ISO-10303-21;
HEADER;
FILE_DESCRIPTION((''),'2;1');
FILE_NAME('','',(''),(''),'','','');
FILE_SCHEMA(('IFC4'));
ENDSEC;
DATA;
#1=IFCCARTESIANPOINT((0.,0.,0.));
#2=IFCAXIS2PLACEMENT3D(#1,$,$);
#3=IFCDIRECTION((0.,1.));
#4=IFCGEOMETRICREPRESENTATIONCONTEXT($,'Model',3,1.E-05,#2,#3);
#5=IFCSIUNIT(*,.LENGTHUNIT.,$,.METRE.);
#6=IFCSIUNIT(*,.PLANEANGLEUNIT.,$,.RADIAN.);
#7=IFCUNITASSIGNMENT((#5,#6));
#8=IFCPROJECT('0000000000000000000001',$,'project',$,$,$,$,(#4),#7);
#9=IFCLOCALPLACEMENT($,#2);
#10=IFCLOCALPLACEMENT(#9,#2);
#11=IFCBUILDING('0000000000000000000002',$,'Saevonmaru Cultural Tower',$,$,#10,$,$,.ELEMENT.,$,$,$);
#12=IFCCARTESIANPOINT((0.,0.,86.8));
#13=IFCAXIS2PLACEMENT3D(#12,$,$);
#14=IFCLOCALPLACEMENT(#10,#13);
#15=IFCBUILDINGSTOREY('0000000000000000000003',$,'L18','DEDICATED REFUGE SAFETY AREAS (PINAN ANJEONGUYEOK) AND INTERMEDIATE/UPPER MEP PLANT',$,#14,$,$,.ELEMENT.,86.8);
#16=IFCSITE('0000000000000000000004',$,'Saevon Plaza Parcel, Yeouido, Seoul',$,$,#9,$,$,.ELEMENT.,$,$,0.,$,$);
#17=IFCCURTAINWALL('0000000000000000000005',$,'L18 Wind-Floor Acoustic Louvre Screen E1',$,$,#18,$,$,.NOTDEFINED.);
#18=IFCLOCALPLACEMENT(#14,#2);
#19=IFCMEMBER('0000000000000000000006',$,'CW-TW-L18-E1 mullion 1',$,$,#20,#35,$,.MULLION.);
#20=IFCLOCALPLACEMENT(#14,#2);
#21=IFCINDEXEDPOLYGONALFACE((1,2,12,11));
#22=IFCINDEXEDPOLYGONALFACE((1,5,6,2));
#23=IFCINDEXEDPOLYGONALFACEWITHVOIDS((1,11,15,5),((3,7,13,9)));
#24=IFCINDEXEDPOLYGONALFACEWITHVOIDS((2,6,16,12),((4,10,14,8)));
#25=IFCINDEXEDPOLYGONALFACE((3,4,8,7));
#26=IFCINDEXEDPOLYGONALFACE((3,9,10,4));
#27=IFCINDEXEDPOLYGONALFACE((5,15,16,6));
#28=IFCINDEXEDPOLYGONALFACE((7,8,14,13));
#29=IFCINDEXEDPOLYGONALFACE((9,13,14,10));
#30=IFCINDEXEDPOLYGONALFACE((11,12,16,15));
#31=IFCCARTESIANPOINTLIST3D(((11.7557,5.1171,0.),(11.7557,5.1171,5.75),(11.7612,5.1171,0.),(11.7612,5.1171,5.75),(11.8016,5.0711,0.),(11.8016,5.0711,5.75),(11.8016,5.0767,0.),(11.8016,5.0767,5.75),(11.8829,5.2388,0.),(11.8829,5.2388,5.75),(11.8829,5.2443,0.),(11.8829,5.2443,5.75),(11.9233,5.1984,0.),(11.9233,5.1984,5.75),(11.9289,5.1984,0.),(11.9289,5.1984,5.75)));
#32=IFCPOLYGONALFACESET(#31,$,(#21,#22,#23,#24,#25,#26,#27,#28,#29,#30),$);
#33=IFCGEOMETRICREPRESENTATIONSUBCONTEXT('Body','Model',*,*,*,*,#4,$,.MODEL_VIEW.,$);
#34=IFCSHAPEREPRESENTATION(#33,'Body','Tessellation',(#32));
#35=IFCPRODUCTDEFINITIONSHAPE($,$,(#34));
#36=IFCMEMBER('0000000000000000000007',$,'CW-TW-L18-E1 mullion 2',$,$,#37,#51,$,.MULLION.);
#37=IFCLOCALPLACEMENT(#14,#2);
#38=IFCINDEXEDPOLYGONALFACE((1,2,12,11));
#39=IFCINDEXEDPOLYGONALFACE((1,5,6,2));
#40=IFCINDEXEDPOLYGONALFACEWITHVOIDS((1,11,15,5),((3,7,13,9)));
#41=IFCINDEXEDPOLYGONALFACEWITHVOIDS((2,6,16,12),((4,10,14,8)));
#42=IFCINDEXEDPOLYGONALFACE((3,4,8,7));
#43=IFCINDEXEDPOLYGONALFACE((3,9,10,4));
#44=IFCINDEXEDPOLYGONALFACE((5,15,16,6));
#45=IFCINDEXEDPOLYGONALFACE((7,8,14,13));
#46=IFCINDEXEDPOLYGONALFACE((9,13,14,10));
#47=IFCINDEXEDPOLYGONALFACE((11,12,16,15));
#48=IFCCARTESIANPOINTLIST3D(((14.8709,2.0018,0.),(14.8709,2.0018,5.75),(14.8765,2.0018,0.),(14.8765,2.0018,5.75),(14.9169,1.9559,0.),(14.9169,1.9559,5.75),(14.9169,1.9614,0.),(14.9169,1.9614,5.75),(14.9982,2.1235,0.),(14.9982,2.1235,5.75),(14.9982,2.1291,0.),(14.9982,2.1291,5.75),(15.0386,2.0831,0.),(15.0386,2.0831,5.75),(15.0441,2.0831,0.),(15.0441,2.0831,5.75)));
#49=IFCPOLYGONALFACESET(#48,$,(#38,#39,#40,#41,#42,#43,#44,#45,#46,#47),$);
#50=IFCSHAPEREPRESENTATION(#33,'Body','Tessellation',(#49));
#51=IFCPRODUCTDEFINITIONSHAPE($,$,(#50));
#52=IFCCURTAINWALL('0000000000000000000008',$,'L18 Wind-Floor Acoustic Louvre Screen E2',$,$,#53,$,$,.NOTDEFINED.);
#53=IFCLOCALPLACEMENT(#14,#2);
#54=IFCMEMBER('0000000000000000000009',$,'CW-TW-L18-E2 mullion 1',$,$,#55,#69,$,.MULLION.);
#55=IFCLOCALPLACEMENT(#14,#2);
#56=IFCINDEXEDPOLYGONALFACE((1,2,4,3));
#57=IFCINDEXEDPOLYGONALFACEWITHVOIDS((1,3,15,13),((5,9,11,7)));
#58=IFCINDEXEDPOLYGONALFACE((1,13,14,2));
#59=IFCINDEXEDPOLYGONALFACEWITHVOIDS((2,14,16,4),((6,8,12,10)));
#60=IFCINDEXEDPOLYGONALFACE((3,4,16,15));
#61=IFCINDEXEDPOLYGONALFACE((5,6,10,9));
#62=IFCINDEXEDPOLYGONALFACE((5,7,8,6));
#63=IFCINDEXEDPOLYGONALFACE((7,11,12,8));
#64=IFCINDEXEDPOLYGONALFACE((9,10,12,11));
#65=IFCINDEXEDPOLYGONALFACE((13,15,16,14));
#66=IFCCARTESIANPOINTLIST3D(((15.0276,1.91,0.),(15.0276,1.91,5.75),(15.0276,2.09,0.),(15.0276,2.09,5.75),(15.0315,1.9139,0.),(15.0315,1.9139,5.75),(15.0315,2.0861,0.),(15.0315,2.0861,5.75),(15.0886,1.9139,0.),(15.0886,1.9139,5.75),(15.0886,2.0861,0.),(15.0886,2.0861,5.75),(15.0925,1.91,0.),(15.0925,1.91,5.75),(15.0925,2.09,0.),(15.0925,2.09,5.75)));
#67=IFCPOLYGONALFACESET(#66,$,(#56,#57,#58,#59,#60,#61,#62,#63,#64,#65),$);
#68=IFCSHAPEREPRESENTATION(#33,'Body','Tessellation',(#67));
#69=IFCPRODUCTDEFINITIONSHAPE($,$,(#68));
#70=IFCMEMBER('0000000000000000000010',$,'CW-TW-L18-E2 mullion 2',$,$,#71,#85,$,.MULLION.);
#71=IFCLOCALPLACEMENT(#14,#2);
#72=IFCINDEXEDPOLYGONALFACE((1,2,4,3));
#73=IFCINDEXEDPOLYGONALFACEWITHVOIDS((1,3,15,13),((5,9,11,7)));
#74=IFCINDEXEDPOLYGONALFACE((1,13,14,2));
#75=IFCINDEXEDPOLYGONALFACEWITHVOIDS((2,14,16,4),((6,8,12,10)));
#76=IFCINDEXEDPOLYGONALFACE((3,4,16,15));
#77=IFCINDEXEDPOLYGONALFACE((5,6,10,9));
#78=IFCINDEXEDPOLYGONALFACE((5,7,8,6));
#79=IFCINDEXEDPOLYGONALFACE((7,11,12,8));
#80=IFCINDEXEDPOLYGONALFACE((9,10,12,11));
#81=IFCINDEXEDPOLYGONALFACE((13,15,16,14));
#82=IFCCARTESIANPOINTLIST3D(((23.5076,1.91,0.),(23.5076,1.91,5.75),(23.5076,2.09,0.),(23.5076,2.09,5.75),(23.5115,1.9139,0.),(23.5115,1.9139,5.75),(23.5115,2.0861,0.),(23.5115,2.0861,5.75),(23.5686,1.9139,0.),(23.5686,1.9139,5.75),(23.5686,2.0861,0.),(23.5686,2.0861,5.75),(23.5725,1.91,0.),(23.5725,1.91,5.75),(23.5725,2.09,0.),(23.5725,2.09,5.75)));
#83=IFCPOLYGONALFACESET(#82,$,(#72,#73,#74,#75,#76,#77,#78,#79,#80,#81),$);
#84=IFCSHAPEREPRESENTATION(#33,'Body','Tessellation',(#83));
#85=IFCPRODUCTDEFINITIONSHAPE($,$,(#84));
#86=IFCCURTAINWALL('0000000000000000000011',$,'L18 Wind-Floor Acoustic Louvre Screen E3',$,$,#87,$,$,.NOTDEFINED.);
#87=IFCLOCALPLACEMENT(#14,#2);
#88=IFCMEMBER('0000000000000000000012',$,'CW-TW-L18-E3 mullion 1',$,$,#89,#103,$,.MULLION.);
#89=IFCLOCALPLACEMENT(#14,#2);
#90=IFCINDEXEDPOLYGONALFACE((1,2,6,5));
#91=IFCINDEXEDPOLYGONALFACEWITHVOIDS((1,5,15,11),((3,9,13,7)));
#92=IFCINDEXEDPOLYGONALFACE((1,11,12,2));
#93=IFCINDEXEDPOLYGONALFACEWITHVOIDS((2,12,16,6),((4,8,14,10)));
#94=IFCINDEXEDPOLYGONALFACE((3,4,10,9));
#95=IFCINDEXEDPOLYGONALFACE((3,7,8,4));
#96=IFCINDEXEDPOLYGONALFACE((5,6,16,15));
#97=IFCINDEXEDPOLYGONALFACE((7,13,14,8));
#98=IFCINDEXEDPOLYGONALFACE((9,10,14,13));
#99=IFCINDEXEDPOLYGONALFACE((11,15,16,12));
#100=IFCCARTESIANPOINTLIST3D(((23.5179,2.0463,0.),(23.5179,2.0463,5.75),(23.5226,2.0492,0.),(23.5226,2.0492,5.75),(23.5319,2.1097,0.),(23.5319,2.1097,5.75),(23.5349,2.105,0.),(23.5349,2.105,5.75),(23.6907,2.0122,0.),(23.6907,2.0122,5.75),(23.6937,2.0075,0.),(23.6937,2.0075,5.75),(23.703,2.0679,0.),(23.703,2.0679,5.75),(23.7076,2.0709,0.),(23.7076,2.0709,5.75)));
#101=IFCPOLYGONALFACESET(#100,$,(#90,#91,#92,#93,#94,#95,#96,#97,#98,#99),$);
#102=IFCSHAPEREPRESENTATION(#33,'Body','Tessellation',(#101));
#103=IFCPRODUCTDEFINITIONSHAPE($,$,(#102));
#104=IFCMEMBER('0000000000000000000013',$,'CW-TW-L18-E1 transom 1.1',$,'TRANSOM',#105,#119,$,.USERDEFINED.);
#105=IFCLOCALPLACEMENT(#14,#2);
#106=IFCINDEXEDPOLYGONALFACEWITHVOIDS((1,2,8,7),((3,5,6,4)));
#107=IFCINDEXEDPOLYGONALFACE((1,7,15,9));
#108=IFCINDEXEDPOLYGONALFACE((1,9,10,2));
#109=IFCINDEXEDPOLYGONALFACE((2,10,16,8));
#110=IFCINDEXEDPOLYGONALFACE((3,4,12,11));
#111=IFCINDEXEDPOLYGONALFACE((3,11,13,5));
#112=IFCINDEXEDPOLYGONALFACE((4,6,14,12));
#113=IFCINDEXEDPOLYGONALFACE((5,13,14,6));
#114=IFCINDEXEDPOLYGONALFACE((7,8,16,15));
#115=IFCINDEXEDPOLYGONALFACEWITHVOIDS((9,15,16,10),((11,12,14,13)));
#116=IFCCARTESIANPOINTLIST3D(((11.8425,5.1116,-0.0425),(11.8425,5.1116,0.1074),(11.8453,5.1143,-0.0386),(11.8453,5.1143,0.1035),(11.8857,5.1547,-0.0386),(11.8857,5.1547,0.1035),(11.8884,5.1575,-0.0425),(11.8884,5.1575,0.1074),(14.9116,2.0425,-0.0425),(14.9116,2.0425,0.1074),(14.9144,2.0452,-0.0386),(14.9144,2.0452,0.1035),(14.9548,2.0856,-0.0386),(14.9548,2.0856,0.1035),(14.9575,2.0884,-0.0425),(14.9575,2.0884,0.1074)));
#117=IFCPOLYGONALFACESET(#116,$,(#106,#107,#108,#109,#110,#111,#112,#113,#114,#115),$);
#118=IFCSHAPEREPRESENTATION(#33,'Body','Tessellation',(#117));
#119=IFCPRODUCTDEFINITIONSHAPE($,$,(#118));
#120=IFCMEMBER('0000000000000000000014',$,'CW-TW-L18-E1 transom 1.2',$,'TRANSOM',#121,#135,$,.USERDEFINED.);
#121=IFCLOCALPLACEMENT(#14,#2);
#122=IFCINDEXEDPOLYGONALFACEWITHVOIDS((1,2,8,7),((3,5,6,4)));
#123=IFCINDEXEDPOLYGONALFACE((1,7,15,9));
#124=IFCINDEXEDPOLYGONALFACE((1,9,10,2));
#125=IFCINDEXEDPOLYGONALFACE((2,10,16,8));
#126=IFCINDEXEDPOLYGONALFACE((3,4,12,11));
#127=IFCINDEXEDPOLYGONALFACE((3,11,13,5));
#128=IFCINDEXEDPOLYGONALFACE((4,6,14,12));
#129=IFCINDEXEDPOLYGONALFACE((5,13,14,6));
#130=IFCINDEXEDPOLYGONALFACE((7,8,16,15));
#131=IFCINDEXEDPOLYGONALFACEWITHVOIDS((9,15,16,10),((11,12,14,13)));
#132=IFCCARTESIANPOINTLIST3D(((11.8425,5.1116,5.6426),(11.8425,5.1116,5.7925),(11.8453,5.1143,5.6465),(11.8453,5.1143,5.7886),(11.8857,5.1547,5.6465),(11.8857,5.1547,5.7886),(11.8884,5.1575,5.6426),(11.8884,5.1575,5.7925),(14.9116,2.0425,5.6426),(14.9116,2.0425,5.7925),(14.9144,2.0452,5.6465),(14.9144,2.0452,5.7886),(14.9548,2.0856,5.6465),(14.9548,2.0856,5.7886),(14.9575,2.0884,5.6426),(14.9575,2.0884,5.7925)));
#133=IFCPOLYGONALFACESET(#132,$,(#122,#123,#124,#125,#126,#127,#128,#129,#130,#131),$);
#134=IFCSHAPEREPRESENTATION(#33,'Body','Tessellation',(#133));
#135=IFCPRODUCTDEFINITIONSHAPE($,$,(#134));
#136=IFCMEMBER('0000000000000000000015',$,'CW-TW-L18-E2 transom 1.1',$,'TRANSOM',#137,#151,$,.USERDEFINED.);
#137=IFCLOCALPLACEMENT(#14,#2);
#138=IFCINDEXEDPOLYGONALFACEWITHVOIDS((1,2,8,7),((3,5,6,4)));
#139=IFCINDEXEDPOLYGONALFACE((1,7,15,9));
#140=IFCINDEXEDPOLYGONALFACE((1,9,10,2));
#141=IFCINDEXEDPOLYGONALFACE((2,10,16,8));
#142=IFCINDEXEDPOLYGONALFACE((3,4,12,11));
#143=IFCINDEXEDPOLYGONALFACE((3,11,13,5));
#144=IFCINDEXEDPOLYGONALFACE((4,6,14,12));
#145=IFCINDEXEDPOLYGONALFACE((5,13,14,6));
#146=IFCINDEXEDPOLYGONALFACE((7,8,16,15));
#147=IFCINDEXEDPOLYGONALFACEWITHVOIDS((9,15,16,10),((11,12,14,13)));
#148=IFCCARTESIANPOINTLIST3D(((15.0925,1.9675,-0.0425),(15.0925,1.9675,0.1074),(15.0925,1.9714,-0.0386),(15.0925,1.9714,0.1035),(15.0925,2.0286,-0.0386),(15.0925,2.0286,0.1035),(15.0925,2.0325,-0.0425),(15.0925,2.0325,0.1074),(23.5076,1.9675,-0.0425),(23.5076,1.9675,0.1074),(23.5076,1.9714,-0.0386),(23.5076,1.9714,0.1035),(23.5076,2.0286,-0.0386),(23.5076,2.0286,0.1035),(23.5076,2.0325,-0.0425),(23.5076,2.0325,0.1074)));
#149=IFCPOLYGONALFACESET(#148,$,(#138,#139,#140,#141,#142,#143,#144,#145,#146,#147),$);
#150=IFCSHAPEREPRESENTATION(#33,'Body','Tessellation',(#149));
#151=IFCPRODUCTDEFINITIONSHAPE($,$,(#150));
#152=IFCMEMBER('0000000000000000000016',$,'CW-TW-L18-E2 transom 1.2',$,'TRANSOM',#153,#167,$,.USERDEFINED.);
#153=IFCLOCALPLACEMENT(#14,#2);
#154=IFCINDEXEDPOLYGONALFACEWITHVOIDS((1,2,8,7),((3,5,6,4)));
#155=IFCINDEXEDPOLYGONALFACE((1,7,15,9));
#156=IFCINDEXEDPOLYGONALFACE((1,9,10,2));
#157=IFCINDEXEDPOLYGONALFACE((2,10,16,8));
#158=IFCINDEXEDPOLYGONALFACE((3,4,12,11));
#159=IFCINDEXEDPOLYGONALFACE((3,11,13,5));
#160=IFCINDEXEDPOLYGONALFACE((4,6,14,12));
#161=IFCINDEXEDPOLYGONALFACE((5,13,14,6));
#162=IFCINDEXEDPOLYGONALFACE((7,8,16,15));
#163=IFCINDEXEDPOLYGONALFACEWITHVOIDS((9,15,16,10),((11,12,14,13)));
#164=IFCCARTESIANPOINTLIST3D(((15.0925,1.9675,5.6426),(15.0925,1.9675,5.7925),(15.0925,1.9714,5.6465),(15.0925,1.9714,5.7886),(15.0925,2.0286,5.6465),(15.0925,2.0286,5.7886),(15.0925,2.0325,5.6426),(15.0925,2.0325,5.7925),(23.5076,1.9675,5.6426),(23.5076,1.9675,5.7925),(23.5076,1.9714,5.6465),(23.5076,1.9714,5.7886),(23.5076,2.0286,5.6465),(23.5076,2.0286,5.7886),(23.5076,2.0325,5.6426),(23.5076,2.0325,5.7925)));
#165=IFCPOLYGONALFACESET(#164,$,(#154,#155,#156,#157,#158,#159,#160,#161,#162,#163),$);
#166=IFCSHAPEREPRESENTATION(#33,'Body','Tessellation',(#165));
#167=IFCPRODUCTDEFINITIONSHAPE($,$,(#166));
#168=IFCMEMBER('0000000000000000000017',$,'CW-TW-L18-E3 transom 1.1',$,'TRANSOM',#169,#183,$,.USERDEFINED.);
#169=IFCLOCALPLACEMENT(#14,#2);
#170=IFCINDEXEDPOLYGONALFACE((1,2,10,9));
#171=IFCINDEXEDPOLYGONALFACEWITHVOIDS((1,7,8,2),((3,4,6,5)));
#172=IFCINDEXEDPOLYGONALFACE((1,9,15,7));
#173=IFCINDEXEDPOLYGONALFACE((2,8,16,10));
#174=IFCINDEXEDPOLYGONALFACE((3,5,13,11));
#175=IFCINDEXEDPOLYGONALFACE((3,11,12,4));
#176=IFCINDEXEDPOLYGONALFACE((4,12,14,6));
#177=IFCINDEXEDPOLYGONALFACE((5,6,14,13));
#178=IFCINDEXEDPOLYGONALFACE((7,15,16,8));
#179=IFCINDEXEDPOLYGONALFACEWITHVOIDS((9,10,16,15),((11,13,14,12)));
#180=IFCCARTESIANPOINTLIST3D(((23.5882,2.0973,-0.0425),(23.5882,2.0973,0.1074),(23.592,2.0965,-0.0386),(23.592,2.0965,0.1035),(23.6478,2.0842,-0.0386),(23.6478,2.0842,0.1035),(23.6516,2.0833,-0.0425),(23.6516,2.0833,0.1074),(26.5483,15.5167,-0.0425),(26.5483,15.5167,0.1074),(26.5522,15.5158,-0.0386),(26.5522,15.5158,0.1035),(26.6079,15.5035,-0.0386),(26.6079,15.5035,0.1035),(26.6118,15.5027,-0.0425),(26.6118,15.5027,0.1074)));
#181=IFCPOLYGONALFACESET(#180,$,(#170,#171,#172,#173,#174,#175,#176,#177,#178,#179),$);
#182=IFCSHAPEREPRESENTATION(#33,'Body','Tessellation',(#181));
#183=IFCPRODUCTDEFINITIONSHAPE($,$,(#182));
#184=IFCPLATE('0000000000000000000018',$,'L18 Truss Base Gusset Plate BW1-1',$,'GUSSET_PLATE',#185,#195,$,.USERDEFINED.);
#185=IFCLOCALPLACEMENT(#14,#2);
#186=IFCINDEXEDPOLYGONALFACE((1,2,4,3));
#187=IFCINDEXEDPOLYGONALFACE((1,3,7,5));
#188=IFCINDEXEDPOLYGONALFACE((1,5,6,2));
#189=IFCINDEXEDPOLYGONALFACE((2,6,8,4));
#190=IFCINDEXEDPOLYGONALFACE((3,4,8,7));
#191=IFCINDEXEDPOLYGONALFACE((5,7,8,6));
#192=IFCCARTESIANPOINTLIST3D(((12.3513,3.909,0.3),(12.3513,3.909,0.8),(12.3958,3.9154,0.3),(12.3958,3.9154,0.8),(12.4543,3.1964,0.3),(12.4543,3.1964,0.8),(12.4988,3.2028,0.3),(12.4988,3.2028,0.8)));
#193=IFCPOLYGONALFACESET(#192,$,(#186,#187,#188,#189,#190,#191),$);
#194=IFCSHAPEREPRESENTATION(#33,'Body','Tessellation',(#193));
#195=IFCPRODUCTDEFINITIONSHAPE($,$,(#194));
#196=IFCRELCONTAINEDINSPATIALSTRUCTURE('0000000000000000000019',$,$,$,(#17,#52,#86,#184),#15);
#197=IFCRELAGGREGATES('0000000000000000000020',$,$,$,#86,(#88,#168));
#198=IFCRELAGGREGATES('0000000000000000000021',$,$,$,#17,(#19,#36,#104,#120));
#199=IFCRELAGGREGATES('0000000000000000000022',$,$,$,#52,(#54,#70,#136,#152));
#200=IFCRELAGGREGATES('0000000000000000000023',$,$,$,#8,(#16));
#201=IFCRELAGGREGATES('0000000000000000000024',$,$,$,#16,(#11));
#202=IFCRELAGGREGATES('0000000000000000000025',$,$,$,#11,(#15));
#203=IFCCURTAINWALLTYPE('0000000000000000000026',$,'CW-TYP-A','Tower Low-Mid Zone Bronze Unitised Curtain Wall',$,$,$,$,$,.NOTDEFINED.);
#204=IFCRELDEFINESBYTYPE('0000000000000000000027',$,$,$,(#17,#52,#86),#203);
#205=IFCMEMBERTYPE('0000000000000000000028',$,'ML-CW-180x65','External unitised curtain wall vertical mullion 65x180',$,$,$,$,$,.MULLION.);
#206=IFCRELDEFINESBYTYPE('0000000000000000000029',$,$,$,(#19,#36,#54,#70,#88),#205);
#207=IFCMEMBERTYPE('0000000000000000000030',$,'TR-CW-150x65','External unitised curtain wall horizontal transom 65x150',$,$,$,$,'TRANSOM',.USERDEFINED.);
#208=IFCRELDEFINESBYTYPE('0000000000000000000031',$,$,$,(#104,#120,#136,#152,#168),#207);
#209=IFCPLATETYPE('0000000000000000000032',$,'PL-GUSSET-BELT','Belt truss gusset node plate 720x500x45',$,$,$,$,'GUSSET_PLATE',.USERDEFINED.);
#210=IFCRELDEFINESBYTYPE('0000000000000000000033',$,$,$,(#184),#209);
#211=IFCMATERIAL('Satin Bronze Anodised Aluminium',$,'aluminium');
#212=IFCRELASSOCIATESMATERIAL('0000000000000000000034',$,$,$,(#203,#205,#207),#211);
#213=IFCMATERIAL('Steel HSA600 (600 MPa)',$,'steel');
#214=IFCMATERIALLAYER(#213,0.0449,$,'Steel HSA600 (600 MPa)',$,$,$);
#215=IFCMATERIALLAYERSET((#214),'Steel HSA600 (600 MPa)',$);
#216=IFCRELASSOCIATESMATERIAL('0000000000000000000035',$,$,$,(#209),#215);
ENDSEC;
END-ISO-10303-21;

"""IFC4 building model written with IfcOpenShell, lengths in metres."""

from ifc_helpers import new_model, si_unit, direction, frame, origin, origin_2d, place, context, subcontext, project, spatial, rectangle, hollow_rectangle, extrude, material, layer, layer_set, material_profile, profile_set, type_object, element, aggregate, save


model = new_model("IFC4")

# Units and contexts
model_context = context("Model", 3, precision=1e-05, world=origin(), true_north=direction((0.0, 1.0)))
body_context = subcontext(model_context, "Body", "Model", "MODEL_VIEW")
ifc_project = project(units=[si_unit("LENGTHUNIT", "METRE"), si_unit("PLANEANGLEUNIT", "RADIAN")], contexts=[model_context])

# Site, building, storey
site_placement = place(None, origin())
site = spatial("IfcSite", under=ifc_project, at=site_placement, Name="Saevon Plaza Parcel, Yeouido, Seoul", CompositionType="ELEMENT", RefElevation=0.0)
building_placement = place(site_placement, origin())
building = spatial("IfcBuilding", under=site, at=building_placement, Name="Saevonmaru Cultural Tower", CompositionType="ELEMENT")
storey_placement = place(building_placement, frame((0.0, 0.0, 86.8)))
storey = spatial("IfcBuildingStorey", under=building, at=storey_placement, Name="L18", Description="DEDICATED REFUGE SAFETY AREAS (PINAN ANJEONGUYEOK) AND INTERMEDIATE/UPPER MEP PLANT", CompositionType="ELEMENT", Elevation=86.8)

# Shared definitions
ifc_material_1 = material(Name="Steel HSA600 (600 MPa)", Category="steel")

# Curtain walls, members
ifc_material_2 = material(Name="Satin Bronze Anodised Aluminium", Category="aluminium")
curtain_wall_type = type_object("IfcCurtainWallType", Name="CW-TYP-A", Description="Tower Low-Mid Zone Bronze Unitised Curtain Wall", PredefinedType="NOTDEFINED", material=ifc_material_2)
curtain_wall_1_placement = place(storey_placement, origin())
curtain_wall_1 = element("IfcCurtainWall", 1, at=curtain_wall_1_placement, inside=storey, type_object=curtain_wall_type, Name="L18 Wind-Floor Acoustic Louvre Screen E1", PredefinedType="NOTDEFINED")
ifc_material_profile_1 = material_profile(ifc_material_2, hollow_rectangle(XDim=0.0649, YDim=0.1799, WallThickness=0.0039, at=origin_2d()), Name="ALU-MULL-180x65x4")
ifc_profile_set_1 = profile_set([ifc_material_profile_1], Name="Satin Bronze Anodised Aluminium")
member_type_1 = type_object("IfcMemberType", Name="ML-CW-180x65", Description="External unitised curtain wall vertical mullion 65x180", PredefinedType="MULLION", material=ifc_profile_set_1)
member_1_placement = place(storey_placement, frame((11.8423, 5.1577, 0.0), z_axis=(0.0, 0.0, 1.0), x_axis=(0.707107, -0.707107, 0.0)))
member_1 = element("IfcMember", 2, at=member_1_placement, type_object=member_type_1, Name="CW-TW-L18-E1 mullion 1", PredefinedType="MULLION", context=body_context, shape_type="SweptSolid", body=[
    extrude(hollow_rectangle(XDim=0.0649, YDim=0.1799, WallThickness=0.0039, at=origin_2d()), origin(), (0.0, 0.0, 1.0), 5.75),
])
member_2_placement = place(storey_placement, frame((14.9575, 2.0425, 0.0), z_axis=(0.0, 0.0, 1.0), x_axis=(0.707107, -0.707107, 0.0)))
member_2 = element("IfcMember", 3, at=member_2_placement, type_object=member_type_1, Name="CW-TW-L18-E1 mullion 2", PredefinedType="MULLION", context=body_context, shape_type="SweptSolid", body=[
    extrude(hollow_rectangle(XDim=0.0649, YDim=0.1799, WallThickness=0.0039, at=origin_2d()), origin(), (0.0, 0.0, 1.0), 5.75),
])
curtain_wall_2_placement = place(storey_placement, origin())
curtain_wall_2 = element("IfcCurtainWall", 4, at=curtain_wall_2_placement, inside=storey, type_object=curtain_wall_type, Name="L18 Wind-Floor Acoustic Louvre Screen E2", PredefinedType="NOTDEFINED")
member_3_placement = place(storey_placement, frame((15.0601, 2.0, 0.0), z_axis=(0.0, 0.0, 1.0), x_axis=(1.0, 0.0, 0.0)))
member_3 = element("IfcMember", 5, at=member_3_placement, type_object=member_type_1, Name="CW-TW-L18-E2 mullion 1", PredefinedType="MULLION", context=body_context, shape_type="SweptSolid", body=[
    extrude(hollow_rectangle(XDim=0.0649, YDim=0.1799, WallThickness=0.0039, at=origin_2d()), origin(), (0.0, 0.0, 1.0), 5.75),
])
member_4_placement = place(storey_placement, frame((23.54, 2.0, 0.0), z_axis=(0.0, 0.0, 1.0), x_axis=(1.0, 0.0, 0.0)))
member_4 = element("IfcMember", 6, at=member_4_placement, type_object=member_type_1, Name="CW-TW-L18-E2 mullion 2", PredefinedType="MULLION", context=body_context, shape_type="SweptSolid", body=[
    extrude(hollow_rectangle(XDim=0.0649, YDim=0.1799, WallThickness=0.0039, at=origin_2d()), origin(), (0.0, 0.0, 1.0), 5.75),
])

# Curtain wall, member
curtain_wall_3_placement = place(storey_placement, origin())
curtain_wall_3 = element("IfcCurtainWall", 7, at=curtain_wall_3_placement, inside=storey, type_object=curtain_wall_type, Name="L18 Wind-Floor Acoustic Louvre Screen E3", PredefinedType="NOTDEFINED")
member_5_placement = place(storey_placement, frame((23.6128, 2.0586, 0.0), z_axis=(0.0, 0.0, 1.0), x_axis=(0.215413, 0.976523, 0.0)))
member_5 = element("IfcMember", 8, at=member_5_placement, type_object=member_type_1, Name="CW-TW-L18-E3 mullion 1", PredefinedType="MULLION", context=body_context, shape_type="SweptSolid", body=[
    extrude(hollow_rectangle(XDim=0.0649, YDim=0.1799, WallThickness=0.0039, at=origin_2d()), origin(), (0.0, 0.0, 1.0), 5.75),
])

# Members
ifc_material_profile_2 = material_profile(ifc_material_2, hollow_rectangle(XDim=0.0649, YDim=0.1499, WallThickness=0.0039, at=origin_2d()), Name="ALU-TRAN-150x65x4")
ifc_profile_set_2 = profile_set([ifc_material_profile_2], Name="Satin Bronze Anodised Aluminium")
member_type_2 = type_object("IfcMemberType", Name="TR-CW-150x65", Description="External unitised curtain wall horizontal transom 65x150", ElementType="TRANSOM", PredefinedType="USERDEFINED", material=ifc_profile_set_2)
member_6_placement = place(storey_placement, frame((11.8655, 5.1345, 0.0325), z_axis=(0.707107, -0.707107, 0.0), x_axis=(0.707107, 0.707107, 0.0)))
member_6 = element("IfcMember", 9, at=member_6_placement, type_object=member_type_2, Name="CW-TW-L18-E1 transom 1.1", ObjectType="TRANSOM", PredefinedType="USERDEFINED", context=body_context, shape_type="SweptSolid", body=[
    extrude(hollow_rectangle(XDim=0.0649, YDim=0.1499, WallThickness=0.0039, at=origin_2d()), origin(), (0.0, 0.0, 1.0), 4.3403),
])
member_7_placement = place(storey_placement, frame((11.8655, 5.1345, 5.7175), z_axis=(0.707107, -0.707107, 0.0), x_axis=(0.707107, 0.707107, 0.0)))
member_7 = element("IfcMember", 10, at=member_7_placement, type_object=member_type_2, Name="CW-TW-L18-E1 transom 1.2", ObjectType="TRANSOM", PredefinedType="USERDEFINED", context=body_context, shape_type="SweptSolid", body=[
    extrude(hollow_rectangle(XDim=0.0649, YDim=0.1499, WallThickness=0.0039, at=origin_2d()), origin(), (0.0, 0.0, 1.0), 4.3403),
])
member_8_placement = place(storey_placement, frame((15.0925, 2.0, 0.0325), z_axis=(1.0, 0.0, 0.0), x_axis=(0.0, 1.0, 0.0)))
member_8 = element("IfcMember", 11, at=member_8_placement, type_object=member_type_2, Name="CW-TW-L18-E2 transom 1.1", ObjectType="TRANSOM", PredefinedType="USERDEFINED", context=body_context, shape_type="SweptSolid", body=[
    extrude(hollow_rectangle(XDim=0.0649, YDim=0.1499, WallThickness=0.0039, at=origin_2d()), origin(), (0.0, 0.0, 1.0), 8.415),
])
member_9_placement = place(storey_placement, frame((15.0925, 2.0, 5.7175), z_axis=(1.0, 0.0, 0.0), x_axis=(0.0, 1.0, 0.0)))
member_9 = element("IfcMember", 12, at=member_9_placement, type_object=member_type_2, Name="CW-TW-L18-E2 transom 1.2", ObjectType="TRANSOM", PredefinedType="USERDEFINED", context=body_context, shape_type="SweptSolid", body=[
    extrude(hollow_rectangle(XDim=0.0649, YDim=0.1499, WallThickness=0.0039, at=origin_2d()), origin(), (0.0, 0.0, 1.0), 8.415),
])
member_10_placement = place(storey_placement, frame((23.6199, 2.0903, 0.0325), z_axis=(0.215412, 0.976523, 0.0), x_axis=(-0.976523, 0.215412, 0.0)))
member_10 = element("IfcMember", 13, at=member_10_placement, type_object=member_type_2, Name="CW-TW-L18-E3 transom 1.1", ObjectType="TRANSOM", PredefinedType="USERDEFINED", context=body_context, shape_type="SweptSolid", body=[
    extrude(hollow_rectangle(XDim=0.0649, YDim=0.1499, WallThickness=0.0039, at=origin_2d()), origin(), (0.0, 0.0, 1.0), 13.7419),
])
aggregate(curtain_wall_3, [member_5, member_10])

# Plate
ifc_layer_1 = layer(ifc_material_1, 0.0449, Name="Steel HSA600 (600 MPa)")
ifc_layer_set_1 = layer_set([ifc_layer_1], Name="Steel HSA600 (600 MPa)")
plate_type_1 = type_object("IfcPlateType", Name="PL-GUSSET-BELT", Description="Belt truss gusset node plate 720x500x45", ElementType="GUSSET_PLATE", PredefinedType="USERDEFINED", material=ifc_layer_set_1)
for number, where, z_axis, x_axis, name in (
    (14, (12.425, 3.5559, 0.3), (0.0, 0.0, 1.0), (-0.143095, 0.989709, 0.0), "L18 Truss Base Gusset Plate BW1-1"),
):
    element("IfcPlate", number, at=place(storey_placement, frame(where, z_axis=z_axis, x_axis=x_axis)), inside=storey, type_object=plate_type_1, Name=name, ObjectType="GUSSET_PLATE", PredefinedType="USERDEFINED", context=body_context, shape_type="SweptSolid", body=[
        extrude(rectangle(XDim=0.72, YDim=0.0449, at=origin_2d()), origin(), (0.0, 0.0, 1.0), 0.5),
    ])

aggregate(curtain_wall_1, [member_1, member_2, member_6, member_7])
aggregate(curtain_wall_2, [member_3, member_4, member_8, member_9])

save(model, "model.ifc")
